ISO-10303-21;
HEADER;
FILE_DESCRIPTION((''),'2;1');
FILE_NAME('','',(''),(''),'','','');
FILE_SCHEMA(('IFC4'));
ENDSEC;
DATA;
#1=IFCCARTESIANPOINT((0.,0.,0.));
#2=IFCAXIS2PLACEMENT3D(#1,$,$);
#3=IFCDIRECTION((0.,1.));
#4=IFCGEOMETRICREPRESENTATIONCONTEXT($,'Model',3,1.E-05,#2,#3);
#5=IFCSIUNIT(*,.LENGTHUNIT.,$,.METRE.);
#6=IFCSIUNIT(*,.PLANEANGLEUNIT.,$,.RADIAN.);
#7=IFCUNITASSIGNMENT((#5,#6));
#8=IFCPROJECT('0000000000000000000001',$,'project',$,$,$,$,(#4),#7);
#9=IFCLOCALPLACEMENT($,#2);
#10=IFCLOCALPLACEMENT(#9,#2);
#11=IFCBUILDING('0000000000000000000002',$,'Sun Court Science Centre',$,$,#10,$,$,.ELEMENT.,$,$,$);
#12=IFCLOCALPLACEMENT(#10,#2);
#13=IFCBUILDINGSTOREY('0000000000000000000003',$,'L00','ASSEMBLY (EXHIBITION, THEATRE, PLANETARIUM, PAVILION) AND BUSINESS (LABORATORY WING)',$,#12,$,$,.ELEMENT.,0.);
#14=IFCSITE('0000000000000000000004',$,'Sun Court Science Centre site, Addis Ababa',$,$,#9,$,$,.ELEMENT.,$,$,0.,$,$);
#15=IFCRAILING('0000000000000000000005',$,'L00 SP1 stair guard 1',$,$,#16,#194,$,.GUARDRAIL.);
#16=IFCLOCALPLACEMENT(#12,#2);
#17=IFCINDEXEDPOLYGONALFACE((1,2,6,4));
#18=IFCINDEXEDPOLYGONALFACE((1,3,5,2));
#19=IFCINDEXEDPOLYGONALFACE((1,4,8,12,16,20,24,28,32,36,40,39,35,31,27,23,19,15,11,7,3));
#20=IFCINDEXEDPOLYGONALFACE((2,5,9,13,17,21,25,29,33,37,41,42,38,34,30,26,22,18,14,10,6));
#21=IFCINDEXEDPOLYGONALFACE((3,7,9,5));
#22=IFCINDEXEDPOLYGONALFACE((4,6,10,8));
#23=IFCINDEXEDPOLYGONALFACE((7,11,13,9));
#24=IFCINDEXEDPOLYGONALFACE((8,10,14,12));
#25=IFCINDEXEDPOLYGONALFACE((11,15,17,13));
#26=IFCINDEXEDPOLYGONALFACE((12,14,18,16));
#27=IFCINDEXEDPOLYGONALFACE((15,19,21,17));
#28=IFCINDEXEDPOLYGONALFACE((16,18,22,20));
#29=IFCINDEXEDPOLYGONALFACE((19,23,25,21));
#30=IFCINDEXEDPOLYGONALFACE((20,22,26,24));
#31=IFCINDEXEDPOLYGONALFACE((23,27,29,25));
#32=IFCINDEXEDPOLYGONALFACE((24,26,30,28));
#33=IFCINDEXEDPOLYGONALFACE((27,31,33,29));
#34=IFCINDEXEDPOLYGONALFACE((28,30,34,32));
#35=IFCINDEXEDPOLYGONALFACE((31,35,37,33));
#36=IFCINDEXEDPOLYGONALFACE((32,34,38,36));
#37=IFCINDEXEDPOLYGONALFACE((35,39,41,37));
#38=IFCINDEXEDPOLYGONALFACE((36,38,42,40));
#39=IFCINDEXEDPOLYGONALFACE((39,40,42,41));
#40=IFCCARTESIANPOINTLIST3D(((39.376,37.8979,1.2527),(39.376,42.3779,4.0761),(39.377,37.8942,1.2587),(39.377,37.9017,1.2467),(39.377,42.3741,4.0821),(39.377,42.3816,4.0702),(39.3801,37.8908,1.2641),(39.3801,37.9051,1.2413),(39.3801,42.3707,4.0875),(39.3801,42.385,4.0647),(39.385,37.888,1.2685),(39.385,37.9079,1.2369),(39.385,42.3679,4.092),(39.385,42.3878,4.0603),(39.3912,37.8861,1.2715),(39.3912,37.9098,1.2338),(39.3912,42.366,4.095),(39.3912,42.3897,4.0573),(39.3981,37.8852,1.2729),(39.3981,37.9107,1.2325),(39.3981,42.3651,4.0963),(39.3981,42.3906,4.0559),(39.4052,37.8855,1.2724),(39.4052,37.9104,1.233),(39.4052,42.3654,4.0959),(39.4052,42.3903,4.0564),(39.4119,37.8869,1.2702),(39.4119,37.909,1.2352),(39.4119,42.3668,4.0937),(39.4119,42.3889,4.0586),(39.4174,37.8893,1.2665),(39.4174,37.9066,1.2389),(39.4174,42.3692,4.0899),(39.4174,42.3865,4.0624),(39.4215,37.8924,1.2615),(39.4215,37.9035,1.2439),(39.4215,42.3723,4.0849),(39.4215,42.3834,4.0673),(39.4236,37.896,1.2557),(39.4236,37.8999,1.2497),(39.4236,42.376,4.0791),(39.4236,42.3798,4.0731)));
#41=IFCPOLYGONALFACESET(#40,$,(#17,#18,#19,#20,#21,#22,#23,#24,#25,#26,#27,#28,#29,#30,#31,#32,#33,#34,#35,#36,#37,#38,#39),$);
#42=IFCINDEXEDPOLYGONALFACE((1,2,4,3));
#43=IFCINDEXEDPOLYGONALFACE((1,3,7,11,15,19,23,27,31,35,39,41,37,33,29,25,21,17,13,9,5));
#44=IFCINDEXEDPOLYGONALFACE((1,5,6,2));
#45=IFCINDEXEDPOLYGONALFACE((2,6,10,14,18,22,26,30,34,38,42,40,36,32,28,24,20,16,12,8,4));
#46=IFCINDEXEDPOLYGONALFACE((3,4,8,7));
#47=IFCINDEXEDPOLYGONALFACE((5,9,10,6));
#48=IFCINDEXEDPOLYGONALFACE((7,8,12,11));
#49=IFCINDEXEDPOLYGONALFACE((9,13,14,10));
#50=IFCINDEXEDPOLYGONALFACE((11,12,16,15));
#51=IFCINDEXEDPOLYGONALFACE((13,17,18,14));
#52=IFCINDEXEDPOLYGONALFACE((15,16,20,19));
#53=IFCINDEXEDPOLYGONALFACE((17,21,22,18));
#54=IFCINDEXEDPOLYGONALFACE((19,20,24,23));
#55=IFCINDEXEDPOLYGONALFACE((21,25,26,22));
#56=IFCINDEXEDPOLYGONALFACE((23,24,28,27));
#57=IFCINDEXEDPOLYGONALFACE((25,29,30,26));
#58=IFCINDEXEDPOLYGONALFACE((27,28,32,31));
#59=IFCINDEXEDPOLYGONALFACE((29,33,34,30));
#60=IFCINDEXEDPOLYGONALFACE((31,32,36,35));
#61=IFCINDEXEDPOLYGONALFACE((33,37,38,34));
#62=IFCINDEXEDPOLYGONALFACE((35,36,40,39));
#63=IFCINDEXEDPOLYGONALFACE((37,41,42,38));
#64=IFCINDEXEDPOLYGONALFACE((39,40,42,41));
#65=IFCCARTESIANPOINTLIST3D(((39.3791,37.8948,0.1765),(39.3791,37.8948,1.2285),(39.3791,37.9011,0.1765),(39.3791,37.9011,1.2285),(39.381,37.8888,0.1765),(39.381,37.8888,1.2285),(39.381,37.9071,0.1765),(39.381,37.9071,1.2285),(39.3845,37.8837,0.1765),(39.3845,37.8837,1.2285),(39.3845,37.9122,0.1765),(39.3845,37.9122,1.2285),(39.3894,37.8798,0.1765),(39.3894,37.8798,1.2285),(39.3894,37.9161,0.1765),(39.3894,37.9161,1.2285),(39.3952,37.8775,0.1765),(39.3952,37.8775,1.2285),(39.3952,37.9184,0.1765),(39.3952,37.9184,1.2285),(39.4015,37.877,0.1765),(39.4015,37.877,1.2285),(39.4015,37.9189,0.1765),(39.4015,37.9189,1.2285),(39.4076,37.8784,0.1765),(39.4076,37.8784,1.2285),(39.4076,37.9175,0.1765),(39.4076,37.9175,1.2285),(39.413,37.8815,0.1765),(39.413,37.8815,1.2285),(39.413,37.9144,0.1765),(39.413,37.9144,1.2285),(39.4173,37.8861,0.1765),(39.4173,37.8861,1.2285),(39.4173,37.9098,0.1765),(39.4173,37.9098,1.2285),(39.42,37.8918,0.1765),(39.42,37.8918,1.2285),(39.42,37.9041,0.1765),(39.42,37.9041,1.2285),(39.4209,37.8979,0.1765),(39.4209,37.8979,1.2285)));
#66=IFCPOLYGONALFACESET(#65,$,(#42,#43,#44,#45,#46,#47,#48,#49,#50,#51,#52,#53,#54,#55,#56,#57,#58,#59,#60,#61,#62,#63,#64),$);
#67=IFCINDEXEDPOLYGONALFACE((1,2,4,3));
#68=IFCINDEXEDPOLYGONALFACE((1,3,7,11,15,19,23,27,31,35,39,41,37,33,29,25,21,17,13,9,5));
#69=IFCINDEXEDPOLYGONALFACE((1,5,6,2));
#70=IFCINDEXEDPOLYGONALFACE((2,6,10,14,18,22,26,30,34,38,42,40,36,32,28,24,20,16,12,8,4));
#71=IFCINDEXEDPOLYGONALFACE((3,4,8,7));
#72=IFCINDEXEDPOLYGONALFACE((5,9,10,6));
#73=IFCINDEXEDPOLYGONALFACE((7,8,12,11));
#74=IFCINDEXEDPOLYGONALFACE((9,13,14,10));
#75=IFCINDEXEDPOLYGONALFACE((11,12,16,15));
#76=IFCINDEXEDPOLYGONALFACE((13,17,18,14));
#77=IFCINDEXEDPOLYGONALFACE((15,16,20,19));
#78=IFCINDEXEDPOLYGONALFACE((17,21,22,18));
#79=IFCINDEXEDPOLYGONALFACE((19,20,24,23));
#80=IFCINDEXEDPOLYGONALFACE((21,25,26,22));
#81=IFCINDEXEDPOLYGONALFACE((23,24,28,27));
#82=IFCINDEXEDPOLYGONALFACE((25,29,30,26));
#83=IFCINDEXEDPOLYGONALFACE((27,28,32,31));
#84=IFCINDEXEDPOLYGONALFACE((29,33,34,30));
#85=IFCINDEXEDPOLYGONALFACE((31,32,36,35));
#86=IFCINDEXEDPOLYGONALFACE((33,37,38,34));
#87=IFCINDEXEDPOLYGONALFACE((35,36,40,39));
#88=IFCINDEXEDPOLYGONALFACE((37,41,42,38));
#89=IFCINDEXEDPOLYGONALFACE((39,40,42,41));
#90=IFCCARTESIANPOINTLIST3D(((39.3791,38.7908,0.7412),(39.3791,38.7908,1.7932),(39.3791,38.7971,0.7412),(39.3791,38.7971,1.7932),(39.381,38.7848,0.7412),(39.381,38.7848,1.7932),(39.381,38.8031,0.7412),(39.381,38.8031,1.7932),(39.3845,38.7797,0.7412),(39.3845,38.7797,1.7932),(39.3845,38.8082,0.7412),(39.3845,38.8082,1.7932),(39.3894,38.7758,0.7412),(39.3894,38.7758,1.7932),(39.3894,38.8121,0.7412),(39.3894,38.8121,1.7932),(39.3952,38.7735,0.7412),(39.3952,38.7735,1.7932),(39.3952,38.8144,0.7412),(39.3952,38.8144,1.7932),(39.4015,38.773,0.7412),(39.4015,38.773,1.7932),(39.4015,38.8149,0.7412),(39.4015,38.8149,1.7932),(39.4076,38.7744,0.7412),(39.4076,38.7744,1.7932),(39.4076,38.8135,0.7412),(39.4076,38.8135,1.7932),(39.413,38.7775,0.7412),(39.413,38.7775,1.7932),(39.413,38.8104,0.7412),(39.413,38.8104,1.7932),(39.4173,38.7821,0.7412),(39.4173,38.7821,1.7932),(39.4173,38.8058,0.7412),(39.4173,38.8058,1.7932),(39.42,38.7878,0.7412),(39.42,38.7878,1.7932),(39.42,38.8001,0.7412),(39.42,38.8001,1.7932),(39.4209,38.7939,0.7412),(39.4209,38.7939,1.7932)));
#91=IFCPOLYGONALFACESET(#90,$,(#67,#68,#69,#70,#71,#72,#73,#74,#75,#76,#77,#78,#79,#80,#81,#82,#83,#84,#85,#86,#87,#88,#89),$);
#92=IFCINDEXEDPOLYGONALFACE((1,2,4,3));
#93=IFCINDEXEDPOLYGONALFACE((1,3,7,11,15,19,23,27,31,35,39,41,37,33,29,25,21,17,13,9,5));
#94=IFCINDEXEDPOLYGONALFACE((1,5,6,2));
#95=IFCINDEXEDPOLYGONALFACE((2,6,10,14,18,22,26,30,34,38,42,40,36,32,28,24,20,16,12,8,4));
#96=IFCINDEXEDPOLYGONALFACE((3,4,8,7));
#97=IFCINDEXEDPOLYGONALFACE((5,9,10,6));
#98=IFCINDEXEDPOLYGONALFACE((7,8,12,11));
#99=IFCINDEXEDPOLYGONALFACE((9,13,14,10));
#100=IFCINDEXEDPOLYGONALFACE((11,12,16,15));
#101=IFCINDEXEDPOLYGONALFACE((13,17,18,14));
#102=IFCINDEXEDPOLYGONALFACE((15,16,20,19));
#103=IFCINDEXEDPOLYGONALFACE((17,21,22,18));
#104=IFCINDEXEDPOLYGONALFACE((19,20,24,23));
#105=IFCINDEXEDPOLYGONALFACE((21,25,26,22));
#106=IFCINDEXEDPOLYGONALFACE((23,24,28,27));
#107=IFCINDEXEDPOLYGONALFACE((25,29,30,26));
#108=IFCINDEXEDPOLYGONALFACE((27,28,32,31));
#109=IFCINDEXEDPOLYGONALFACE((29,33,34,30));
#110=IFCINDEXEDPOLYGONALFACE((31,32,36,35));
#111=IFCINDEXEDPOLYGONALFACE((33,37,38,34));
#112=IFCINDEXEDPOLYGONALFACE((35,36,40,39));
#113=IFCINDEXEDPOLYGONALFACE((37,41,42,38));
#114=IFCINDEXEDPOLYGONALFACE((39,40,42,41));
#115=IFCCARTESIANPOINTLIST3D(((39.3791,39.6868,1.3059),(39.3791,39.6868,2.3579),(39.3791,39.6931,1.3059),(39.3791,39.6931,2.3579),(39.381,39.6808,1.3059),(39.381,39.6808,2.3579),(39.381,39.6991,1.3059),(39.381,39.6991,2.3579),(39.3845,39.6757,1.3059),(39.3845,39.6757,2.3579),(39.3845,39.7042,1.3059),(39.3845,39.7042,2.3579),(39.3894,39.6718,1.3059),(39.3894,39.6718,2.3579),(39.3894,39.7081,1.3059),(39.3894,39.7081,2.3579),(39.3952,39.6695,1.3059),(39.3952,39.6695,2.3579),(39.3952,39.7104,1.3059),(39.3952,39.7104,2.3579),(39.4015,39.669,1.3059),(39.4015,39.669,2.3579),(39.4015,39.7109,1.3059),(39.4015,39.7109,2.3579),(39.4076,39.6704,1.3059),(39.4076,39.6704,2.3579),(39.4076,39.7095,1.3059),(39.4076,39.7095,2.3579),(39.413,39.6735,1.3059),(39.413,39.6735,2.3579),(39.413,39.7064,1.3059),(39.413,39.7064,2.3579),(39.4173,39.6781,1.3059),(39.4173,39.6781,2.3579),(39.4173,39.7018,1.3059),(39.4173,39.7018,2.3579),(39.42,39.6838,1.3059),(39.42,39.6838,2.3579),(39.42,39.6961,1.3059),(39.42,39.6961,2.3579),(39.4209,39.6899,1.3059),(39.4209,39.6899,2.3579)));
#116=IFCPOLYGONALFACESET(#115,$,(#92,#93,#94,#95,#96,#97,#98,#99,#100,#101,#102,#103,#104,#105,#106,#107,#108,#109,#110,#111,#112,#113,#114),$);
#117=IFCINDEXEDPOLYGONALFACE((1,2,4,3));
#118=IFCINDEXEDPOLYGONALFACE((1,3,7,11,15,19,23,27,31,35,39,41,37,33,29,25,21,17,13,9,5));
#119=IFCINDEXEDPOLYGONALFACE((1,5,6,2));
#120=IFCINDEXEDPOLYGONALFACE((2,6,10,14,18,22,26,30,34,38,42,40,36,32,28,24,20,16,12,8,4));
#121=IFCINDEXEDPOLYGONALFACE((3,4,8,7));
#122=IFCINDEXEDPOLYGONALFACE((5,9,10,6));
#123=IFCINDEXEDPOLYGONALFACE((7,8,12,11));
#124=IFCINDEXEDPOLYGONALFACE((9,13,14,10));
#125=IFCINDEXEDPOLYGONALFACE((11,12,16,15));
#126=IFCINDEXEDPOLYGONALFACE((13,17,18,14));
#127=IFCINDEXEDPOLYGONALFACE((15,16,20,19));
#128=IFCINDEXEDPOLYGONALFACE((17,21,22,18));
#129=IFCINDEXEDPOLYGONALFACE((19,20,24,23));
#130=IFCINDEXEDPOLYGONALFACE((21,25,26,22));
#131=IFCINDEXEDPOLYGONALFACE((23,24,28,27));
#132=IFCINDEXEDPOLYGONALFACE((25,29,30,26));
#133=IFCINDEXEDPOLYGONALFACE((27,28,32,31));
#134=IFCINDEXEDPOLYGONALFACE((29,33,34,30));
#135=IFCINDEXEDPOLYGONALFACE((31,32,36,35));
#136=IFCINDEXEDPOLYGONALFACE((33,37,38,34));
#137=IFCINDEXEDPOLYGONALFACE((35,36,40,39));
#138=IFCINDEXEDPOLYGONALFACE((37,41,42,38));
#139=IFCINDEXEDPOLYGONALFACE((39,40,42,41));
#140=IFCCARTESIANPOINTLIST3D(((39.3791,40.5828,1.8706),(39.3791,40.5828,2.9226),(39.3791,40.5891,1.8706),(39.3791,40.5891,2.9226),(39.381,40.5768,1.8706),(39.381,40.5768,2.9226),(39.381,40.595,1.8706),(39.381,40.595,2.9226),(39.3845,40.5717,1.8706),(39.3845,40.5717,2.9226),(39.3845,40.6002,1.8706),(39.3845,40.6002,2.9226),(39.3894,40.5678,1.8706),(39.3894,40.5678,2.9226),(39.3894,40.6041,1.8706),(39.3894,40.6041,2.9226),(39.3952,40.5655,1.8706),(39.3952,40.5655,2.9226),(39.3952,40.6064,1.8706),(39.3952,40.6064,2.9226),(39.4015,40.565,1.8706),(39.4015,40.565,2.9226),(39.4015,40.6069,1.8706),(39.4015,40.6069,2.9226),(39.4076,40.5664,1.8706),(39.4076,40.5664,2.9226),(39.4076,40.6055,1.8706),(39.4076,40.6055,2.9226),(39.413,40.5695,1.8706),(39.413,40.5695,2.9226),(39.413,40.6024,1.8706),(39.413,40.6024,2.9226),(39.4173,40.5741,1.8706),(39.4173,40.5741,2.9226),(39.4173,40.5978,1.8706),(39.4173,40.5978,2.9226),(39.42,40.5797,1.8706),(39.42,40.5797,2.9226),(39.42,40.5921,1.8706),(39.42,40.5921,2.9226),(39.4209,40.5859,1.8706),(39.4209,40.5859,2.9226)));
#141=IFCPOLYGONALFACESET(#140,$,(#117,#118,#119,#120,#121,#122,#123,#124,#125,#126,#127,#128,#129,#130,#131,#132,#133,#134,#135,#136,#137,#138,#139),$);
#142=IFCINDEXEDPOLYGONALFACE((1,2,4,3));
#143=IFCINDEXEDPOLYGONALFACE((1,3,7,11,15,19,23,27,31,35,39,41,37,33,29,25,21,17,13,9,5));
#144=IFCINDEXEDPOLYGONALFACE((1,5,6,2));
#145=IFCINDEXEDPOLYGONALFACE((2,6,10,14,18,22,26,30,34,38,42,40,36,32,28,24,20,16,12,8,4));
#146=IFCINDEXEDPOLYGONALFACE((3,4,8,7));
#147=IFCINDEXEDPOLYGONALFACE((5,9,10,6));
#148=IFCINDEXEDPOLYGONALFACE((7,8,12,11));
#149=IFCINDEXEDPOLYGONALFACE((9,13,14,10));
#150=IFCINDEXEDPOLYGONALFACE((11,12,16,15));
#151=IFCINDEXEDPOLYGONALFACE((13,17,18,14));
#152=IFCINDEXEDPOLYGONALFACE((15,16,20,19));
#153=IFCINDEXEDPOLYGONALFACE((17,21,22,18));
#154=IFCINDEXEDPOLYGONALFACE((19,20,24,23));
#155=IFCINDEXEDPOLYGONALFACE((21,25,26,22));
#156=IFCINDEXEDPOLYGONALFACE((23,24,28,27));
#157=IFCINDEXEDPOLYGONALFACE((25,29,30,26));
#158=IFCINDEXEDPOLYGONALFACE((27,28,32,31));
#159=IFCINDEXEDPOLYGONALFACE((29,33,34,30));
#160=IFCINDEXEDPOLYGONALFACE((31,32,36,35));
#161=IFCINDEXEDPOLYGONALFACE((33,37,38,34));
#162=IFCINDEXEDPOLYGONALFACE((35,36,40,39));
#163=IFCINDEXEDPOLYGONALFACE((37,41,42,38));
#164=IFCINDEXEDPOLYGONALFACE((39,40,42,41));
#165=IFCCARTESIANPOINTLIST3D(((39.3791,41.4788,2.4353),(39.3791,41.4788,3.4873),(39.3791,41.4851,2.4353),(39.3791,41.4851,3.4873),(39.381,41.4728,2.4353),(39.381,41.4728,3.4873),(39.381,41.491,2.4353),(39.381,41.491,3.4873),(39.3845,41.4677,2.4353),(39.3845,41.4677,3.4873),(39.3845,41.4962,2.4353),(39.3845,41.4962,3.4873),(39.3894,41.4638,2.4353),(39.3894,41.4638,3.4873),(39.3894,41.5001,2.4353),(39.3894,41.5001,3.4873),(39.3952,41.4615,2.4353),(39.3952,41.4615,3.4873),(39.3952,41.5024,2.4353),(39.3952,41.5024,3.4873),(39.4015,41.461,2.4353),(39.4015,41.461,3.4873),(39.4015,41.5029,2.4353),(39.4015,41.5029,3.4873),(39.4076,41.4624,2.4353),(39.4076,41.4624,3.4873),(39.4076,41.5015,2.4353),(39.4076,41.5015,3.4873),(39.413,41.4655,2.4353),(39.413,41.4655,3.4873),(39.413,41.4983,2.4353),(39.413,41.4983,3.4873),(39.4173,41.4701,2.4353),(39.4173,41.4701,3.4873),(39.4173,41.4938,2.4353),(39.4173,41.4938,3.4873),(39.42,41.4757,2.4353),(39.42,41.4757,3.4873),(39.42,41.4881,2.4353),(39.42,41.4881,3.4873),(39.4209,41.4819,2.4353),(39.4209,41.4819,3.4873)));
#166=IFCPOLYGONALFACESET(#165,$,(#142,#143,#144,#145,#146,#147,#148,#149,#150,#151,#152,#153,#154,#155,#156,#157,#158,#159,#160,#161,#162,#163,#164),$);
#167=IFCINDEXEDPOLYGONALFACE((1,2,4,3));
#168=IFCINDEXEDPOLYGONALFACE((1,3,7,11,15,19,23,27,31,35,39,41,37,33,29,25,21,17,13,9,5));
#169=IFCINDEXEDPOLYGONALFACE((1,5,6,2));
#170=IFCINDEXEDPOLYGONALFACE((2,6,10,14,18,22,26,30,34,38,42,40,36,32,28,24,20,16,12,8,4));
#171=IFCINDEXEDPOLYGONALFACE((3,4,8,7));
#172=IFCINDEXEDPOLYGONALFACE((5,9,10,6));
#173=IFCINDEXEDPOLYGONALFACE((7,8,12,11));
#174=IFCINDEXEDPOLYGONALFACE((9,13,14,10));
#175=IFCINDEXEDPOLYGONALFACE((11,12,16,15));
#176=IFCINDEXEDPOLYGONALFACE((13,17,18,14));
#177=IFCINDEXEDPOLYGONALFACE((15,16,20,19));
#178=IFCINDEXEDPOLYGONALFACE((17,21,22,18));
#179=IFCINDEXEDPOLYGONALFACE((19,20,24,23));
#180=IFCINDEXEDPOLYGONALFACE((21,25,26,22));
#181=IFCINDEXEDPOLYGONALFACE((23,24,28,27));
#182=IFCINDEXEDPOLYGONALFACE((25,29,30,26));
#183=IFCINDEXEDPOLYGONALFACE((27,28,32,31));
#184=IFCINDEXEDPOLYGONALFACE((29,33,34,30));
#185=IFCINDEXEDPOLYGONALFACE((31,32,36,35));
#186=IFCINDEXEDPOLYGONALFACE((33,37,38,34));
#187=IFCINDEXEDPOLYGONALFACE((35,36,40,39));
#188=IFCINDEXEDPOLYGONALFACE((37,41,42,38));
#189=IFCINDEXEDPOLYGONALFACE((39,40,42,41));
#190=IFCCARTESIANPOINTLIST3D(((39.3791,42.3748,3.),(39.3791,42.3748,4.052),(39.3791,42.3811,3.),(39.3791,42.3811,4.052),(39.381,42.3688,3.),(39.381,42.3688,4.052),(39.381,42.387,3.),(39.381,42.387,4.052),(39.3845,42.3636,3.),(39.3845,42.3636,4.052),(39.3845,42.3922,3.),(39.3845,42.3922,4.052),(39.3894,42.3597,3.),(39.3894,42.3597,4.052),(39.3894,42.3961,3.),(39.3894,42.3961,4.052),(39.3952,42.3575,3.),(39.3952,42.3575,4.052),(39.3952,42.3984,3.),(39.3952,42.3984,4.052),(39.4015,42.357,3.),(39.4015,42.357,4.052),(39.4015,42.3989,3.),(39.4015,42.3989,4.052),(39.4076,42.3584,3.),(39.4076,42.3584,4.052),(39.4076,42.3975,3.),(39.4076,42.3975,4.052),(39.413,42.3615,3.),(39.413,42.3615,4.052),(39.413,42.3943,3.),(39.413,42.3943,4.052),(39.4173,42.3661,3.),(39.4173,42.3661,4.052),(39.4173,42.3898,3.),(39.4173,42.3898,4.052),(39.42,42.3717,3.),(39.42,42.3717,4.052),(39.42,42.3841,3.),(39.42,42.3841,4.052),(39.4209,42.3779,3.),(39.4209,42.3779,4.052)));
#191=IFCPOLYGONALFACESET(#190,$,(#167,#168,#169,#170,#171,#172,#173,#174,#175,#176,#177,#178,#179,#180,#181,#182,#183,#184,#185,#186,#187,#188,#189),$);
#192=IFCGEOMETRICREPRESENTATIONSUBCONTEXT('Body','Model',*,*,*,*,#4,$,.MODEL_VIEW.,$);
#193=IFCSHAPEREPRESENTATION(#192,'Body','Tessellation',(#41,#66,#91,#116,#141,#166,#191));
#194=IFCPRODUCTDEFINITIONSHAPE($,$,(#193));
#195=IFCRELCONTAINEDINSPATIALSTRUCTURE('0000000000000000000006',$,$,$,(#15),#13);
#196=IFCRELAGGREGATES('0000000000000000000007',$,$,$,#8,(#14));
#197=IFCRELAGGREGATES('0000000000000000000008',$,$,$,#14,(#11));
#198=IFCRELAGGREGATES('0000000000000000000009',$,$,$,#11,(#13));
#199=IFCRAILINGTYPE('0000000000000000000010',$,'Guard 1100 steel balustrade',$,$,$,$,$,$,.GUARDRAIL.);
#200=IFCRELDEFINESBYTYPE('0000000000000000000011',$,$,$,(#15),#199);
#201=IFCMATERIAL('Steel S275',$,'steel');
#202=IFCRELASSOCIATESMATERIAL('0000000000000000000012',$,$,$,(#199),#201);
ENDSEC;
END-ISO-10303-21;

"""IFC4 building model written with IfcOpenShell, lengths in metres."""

from ifc_helpers import new_model, si_unit, direction, frame, origin, origin_2d, place, context, subcontext, project, spatial, circle, extrude, material, type_object, element, save


model = new_model("IFC4")

# Units and contexts
model_context = context("Model", 3, precision=1e-05, world=origin(), true_north=direction((0.0, 1.0)))
body_context = subcontext(model_context, "Body", "Model", "MODEL_VIEW")
ifc_project = project(units=[si_unit("LENGTHUNIT", "METRE"), si_unit("PLANEANGLEUNIT", "RADIAN")], contexts=[model_context])

# Site, building, storey
site_placement = place(None, origin())
site = spatial("IfcSite", under=ifc_project, at=site_placement, Name="Sun Court Science Centre site, Addis Ababa", CompositionType="ELEMENT", RefElevation=0.0)
building_placement = place(site_placement, origin())
building = spatial("IfcBuilding", under=site, at=building_placement, Name="Sun Court Science Centre", CompositionType="ELEMENT")
storey_placement = place(building_placement, origin())
storey = spatial("IfcBuildingStorey", under=building, at=storey_placement, Name="L00", Description="ASSEMBLY (EXHIBITION, THEATRE, PLANETARIUM, PAVILION) AND BUSINESS (LABORATORY WING)", CompositionType="ELEMENT", Elevation=0.0)

# Railing
ifc_material_1 = material(Name="Steel S275", Category="steel")
railing_type = type_object("IfcRailingType", Name="Guard 1100 steel balustrade", PredefinedType="GUARDRAIL", material=ifc_material_1)
railing_1_placement = place(storey_placement, frame((39.3999, 37.8979, 0.1765)))
element("IfcRailing", 1, at=railing_1_placement, inside=storey, type_object=railing_type, Name="L00 SP1 stair guard 1", PredefinedType="GUARDRAIL", context=body_context, shape_type="SweptSolid", body=[
    extrude(circle(Radius=0.0239, at=origin_2d()), frame((0.0, 0.0, 1.0762), z_axis=(0.0, 0.845998, 0.533186), x_axis=(-1.0, 0.0, 0.0)), (0.0, 0.0, 1.0), 5.2954),
    extrude(circle(Radius=0.021, at=origin_2d()), origin(), (0.0, 0.0, 1.0), 1.052),
    extrude(circle(Radius=0.021, at=origin_2d()), frame((0.0, 0.896, 0.5647)), (0.0, 0.0, 1.0), 1.052),
    extrude(circle(Radius=0.021, at=origin_2d()), frame((0.0, 1.792, 1.1294)), (0.0, 0.0, 1.0), 1.052),
    extrude(circle(Radius=0.021, at=origin_2d()), frame((0.0, 2.688, 1.6941)), (0.0, 0.0, 1.0), 1.052),
    extrude(circle(Radius=0.021, at=origin_2d()), frame((0.0, 3.584, 2.2588)), (0.0, 0.0, 1.0), 1.052),
    extrude(circle(Radius=0.021, at=origin_2d()), frame((0.0, 4.48, 2.8235)), (0.0, 0.0, 1.0), 1.052),
])

save(model, "model.ifc")
